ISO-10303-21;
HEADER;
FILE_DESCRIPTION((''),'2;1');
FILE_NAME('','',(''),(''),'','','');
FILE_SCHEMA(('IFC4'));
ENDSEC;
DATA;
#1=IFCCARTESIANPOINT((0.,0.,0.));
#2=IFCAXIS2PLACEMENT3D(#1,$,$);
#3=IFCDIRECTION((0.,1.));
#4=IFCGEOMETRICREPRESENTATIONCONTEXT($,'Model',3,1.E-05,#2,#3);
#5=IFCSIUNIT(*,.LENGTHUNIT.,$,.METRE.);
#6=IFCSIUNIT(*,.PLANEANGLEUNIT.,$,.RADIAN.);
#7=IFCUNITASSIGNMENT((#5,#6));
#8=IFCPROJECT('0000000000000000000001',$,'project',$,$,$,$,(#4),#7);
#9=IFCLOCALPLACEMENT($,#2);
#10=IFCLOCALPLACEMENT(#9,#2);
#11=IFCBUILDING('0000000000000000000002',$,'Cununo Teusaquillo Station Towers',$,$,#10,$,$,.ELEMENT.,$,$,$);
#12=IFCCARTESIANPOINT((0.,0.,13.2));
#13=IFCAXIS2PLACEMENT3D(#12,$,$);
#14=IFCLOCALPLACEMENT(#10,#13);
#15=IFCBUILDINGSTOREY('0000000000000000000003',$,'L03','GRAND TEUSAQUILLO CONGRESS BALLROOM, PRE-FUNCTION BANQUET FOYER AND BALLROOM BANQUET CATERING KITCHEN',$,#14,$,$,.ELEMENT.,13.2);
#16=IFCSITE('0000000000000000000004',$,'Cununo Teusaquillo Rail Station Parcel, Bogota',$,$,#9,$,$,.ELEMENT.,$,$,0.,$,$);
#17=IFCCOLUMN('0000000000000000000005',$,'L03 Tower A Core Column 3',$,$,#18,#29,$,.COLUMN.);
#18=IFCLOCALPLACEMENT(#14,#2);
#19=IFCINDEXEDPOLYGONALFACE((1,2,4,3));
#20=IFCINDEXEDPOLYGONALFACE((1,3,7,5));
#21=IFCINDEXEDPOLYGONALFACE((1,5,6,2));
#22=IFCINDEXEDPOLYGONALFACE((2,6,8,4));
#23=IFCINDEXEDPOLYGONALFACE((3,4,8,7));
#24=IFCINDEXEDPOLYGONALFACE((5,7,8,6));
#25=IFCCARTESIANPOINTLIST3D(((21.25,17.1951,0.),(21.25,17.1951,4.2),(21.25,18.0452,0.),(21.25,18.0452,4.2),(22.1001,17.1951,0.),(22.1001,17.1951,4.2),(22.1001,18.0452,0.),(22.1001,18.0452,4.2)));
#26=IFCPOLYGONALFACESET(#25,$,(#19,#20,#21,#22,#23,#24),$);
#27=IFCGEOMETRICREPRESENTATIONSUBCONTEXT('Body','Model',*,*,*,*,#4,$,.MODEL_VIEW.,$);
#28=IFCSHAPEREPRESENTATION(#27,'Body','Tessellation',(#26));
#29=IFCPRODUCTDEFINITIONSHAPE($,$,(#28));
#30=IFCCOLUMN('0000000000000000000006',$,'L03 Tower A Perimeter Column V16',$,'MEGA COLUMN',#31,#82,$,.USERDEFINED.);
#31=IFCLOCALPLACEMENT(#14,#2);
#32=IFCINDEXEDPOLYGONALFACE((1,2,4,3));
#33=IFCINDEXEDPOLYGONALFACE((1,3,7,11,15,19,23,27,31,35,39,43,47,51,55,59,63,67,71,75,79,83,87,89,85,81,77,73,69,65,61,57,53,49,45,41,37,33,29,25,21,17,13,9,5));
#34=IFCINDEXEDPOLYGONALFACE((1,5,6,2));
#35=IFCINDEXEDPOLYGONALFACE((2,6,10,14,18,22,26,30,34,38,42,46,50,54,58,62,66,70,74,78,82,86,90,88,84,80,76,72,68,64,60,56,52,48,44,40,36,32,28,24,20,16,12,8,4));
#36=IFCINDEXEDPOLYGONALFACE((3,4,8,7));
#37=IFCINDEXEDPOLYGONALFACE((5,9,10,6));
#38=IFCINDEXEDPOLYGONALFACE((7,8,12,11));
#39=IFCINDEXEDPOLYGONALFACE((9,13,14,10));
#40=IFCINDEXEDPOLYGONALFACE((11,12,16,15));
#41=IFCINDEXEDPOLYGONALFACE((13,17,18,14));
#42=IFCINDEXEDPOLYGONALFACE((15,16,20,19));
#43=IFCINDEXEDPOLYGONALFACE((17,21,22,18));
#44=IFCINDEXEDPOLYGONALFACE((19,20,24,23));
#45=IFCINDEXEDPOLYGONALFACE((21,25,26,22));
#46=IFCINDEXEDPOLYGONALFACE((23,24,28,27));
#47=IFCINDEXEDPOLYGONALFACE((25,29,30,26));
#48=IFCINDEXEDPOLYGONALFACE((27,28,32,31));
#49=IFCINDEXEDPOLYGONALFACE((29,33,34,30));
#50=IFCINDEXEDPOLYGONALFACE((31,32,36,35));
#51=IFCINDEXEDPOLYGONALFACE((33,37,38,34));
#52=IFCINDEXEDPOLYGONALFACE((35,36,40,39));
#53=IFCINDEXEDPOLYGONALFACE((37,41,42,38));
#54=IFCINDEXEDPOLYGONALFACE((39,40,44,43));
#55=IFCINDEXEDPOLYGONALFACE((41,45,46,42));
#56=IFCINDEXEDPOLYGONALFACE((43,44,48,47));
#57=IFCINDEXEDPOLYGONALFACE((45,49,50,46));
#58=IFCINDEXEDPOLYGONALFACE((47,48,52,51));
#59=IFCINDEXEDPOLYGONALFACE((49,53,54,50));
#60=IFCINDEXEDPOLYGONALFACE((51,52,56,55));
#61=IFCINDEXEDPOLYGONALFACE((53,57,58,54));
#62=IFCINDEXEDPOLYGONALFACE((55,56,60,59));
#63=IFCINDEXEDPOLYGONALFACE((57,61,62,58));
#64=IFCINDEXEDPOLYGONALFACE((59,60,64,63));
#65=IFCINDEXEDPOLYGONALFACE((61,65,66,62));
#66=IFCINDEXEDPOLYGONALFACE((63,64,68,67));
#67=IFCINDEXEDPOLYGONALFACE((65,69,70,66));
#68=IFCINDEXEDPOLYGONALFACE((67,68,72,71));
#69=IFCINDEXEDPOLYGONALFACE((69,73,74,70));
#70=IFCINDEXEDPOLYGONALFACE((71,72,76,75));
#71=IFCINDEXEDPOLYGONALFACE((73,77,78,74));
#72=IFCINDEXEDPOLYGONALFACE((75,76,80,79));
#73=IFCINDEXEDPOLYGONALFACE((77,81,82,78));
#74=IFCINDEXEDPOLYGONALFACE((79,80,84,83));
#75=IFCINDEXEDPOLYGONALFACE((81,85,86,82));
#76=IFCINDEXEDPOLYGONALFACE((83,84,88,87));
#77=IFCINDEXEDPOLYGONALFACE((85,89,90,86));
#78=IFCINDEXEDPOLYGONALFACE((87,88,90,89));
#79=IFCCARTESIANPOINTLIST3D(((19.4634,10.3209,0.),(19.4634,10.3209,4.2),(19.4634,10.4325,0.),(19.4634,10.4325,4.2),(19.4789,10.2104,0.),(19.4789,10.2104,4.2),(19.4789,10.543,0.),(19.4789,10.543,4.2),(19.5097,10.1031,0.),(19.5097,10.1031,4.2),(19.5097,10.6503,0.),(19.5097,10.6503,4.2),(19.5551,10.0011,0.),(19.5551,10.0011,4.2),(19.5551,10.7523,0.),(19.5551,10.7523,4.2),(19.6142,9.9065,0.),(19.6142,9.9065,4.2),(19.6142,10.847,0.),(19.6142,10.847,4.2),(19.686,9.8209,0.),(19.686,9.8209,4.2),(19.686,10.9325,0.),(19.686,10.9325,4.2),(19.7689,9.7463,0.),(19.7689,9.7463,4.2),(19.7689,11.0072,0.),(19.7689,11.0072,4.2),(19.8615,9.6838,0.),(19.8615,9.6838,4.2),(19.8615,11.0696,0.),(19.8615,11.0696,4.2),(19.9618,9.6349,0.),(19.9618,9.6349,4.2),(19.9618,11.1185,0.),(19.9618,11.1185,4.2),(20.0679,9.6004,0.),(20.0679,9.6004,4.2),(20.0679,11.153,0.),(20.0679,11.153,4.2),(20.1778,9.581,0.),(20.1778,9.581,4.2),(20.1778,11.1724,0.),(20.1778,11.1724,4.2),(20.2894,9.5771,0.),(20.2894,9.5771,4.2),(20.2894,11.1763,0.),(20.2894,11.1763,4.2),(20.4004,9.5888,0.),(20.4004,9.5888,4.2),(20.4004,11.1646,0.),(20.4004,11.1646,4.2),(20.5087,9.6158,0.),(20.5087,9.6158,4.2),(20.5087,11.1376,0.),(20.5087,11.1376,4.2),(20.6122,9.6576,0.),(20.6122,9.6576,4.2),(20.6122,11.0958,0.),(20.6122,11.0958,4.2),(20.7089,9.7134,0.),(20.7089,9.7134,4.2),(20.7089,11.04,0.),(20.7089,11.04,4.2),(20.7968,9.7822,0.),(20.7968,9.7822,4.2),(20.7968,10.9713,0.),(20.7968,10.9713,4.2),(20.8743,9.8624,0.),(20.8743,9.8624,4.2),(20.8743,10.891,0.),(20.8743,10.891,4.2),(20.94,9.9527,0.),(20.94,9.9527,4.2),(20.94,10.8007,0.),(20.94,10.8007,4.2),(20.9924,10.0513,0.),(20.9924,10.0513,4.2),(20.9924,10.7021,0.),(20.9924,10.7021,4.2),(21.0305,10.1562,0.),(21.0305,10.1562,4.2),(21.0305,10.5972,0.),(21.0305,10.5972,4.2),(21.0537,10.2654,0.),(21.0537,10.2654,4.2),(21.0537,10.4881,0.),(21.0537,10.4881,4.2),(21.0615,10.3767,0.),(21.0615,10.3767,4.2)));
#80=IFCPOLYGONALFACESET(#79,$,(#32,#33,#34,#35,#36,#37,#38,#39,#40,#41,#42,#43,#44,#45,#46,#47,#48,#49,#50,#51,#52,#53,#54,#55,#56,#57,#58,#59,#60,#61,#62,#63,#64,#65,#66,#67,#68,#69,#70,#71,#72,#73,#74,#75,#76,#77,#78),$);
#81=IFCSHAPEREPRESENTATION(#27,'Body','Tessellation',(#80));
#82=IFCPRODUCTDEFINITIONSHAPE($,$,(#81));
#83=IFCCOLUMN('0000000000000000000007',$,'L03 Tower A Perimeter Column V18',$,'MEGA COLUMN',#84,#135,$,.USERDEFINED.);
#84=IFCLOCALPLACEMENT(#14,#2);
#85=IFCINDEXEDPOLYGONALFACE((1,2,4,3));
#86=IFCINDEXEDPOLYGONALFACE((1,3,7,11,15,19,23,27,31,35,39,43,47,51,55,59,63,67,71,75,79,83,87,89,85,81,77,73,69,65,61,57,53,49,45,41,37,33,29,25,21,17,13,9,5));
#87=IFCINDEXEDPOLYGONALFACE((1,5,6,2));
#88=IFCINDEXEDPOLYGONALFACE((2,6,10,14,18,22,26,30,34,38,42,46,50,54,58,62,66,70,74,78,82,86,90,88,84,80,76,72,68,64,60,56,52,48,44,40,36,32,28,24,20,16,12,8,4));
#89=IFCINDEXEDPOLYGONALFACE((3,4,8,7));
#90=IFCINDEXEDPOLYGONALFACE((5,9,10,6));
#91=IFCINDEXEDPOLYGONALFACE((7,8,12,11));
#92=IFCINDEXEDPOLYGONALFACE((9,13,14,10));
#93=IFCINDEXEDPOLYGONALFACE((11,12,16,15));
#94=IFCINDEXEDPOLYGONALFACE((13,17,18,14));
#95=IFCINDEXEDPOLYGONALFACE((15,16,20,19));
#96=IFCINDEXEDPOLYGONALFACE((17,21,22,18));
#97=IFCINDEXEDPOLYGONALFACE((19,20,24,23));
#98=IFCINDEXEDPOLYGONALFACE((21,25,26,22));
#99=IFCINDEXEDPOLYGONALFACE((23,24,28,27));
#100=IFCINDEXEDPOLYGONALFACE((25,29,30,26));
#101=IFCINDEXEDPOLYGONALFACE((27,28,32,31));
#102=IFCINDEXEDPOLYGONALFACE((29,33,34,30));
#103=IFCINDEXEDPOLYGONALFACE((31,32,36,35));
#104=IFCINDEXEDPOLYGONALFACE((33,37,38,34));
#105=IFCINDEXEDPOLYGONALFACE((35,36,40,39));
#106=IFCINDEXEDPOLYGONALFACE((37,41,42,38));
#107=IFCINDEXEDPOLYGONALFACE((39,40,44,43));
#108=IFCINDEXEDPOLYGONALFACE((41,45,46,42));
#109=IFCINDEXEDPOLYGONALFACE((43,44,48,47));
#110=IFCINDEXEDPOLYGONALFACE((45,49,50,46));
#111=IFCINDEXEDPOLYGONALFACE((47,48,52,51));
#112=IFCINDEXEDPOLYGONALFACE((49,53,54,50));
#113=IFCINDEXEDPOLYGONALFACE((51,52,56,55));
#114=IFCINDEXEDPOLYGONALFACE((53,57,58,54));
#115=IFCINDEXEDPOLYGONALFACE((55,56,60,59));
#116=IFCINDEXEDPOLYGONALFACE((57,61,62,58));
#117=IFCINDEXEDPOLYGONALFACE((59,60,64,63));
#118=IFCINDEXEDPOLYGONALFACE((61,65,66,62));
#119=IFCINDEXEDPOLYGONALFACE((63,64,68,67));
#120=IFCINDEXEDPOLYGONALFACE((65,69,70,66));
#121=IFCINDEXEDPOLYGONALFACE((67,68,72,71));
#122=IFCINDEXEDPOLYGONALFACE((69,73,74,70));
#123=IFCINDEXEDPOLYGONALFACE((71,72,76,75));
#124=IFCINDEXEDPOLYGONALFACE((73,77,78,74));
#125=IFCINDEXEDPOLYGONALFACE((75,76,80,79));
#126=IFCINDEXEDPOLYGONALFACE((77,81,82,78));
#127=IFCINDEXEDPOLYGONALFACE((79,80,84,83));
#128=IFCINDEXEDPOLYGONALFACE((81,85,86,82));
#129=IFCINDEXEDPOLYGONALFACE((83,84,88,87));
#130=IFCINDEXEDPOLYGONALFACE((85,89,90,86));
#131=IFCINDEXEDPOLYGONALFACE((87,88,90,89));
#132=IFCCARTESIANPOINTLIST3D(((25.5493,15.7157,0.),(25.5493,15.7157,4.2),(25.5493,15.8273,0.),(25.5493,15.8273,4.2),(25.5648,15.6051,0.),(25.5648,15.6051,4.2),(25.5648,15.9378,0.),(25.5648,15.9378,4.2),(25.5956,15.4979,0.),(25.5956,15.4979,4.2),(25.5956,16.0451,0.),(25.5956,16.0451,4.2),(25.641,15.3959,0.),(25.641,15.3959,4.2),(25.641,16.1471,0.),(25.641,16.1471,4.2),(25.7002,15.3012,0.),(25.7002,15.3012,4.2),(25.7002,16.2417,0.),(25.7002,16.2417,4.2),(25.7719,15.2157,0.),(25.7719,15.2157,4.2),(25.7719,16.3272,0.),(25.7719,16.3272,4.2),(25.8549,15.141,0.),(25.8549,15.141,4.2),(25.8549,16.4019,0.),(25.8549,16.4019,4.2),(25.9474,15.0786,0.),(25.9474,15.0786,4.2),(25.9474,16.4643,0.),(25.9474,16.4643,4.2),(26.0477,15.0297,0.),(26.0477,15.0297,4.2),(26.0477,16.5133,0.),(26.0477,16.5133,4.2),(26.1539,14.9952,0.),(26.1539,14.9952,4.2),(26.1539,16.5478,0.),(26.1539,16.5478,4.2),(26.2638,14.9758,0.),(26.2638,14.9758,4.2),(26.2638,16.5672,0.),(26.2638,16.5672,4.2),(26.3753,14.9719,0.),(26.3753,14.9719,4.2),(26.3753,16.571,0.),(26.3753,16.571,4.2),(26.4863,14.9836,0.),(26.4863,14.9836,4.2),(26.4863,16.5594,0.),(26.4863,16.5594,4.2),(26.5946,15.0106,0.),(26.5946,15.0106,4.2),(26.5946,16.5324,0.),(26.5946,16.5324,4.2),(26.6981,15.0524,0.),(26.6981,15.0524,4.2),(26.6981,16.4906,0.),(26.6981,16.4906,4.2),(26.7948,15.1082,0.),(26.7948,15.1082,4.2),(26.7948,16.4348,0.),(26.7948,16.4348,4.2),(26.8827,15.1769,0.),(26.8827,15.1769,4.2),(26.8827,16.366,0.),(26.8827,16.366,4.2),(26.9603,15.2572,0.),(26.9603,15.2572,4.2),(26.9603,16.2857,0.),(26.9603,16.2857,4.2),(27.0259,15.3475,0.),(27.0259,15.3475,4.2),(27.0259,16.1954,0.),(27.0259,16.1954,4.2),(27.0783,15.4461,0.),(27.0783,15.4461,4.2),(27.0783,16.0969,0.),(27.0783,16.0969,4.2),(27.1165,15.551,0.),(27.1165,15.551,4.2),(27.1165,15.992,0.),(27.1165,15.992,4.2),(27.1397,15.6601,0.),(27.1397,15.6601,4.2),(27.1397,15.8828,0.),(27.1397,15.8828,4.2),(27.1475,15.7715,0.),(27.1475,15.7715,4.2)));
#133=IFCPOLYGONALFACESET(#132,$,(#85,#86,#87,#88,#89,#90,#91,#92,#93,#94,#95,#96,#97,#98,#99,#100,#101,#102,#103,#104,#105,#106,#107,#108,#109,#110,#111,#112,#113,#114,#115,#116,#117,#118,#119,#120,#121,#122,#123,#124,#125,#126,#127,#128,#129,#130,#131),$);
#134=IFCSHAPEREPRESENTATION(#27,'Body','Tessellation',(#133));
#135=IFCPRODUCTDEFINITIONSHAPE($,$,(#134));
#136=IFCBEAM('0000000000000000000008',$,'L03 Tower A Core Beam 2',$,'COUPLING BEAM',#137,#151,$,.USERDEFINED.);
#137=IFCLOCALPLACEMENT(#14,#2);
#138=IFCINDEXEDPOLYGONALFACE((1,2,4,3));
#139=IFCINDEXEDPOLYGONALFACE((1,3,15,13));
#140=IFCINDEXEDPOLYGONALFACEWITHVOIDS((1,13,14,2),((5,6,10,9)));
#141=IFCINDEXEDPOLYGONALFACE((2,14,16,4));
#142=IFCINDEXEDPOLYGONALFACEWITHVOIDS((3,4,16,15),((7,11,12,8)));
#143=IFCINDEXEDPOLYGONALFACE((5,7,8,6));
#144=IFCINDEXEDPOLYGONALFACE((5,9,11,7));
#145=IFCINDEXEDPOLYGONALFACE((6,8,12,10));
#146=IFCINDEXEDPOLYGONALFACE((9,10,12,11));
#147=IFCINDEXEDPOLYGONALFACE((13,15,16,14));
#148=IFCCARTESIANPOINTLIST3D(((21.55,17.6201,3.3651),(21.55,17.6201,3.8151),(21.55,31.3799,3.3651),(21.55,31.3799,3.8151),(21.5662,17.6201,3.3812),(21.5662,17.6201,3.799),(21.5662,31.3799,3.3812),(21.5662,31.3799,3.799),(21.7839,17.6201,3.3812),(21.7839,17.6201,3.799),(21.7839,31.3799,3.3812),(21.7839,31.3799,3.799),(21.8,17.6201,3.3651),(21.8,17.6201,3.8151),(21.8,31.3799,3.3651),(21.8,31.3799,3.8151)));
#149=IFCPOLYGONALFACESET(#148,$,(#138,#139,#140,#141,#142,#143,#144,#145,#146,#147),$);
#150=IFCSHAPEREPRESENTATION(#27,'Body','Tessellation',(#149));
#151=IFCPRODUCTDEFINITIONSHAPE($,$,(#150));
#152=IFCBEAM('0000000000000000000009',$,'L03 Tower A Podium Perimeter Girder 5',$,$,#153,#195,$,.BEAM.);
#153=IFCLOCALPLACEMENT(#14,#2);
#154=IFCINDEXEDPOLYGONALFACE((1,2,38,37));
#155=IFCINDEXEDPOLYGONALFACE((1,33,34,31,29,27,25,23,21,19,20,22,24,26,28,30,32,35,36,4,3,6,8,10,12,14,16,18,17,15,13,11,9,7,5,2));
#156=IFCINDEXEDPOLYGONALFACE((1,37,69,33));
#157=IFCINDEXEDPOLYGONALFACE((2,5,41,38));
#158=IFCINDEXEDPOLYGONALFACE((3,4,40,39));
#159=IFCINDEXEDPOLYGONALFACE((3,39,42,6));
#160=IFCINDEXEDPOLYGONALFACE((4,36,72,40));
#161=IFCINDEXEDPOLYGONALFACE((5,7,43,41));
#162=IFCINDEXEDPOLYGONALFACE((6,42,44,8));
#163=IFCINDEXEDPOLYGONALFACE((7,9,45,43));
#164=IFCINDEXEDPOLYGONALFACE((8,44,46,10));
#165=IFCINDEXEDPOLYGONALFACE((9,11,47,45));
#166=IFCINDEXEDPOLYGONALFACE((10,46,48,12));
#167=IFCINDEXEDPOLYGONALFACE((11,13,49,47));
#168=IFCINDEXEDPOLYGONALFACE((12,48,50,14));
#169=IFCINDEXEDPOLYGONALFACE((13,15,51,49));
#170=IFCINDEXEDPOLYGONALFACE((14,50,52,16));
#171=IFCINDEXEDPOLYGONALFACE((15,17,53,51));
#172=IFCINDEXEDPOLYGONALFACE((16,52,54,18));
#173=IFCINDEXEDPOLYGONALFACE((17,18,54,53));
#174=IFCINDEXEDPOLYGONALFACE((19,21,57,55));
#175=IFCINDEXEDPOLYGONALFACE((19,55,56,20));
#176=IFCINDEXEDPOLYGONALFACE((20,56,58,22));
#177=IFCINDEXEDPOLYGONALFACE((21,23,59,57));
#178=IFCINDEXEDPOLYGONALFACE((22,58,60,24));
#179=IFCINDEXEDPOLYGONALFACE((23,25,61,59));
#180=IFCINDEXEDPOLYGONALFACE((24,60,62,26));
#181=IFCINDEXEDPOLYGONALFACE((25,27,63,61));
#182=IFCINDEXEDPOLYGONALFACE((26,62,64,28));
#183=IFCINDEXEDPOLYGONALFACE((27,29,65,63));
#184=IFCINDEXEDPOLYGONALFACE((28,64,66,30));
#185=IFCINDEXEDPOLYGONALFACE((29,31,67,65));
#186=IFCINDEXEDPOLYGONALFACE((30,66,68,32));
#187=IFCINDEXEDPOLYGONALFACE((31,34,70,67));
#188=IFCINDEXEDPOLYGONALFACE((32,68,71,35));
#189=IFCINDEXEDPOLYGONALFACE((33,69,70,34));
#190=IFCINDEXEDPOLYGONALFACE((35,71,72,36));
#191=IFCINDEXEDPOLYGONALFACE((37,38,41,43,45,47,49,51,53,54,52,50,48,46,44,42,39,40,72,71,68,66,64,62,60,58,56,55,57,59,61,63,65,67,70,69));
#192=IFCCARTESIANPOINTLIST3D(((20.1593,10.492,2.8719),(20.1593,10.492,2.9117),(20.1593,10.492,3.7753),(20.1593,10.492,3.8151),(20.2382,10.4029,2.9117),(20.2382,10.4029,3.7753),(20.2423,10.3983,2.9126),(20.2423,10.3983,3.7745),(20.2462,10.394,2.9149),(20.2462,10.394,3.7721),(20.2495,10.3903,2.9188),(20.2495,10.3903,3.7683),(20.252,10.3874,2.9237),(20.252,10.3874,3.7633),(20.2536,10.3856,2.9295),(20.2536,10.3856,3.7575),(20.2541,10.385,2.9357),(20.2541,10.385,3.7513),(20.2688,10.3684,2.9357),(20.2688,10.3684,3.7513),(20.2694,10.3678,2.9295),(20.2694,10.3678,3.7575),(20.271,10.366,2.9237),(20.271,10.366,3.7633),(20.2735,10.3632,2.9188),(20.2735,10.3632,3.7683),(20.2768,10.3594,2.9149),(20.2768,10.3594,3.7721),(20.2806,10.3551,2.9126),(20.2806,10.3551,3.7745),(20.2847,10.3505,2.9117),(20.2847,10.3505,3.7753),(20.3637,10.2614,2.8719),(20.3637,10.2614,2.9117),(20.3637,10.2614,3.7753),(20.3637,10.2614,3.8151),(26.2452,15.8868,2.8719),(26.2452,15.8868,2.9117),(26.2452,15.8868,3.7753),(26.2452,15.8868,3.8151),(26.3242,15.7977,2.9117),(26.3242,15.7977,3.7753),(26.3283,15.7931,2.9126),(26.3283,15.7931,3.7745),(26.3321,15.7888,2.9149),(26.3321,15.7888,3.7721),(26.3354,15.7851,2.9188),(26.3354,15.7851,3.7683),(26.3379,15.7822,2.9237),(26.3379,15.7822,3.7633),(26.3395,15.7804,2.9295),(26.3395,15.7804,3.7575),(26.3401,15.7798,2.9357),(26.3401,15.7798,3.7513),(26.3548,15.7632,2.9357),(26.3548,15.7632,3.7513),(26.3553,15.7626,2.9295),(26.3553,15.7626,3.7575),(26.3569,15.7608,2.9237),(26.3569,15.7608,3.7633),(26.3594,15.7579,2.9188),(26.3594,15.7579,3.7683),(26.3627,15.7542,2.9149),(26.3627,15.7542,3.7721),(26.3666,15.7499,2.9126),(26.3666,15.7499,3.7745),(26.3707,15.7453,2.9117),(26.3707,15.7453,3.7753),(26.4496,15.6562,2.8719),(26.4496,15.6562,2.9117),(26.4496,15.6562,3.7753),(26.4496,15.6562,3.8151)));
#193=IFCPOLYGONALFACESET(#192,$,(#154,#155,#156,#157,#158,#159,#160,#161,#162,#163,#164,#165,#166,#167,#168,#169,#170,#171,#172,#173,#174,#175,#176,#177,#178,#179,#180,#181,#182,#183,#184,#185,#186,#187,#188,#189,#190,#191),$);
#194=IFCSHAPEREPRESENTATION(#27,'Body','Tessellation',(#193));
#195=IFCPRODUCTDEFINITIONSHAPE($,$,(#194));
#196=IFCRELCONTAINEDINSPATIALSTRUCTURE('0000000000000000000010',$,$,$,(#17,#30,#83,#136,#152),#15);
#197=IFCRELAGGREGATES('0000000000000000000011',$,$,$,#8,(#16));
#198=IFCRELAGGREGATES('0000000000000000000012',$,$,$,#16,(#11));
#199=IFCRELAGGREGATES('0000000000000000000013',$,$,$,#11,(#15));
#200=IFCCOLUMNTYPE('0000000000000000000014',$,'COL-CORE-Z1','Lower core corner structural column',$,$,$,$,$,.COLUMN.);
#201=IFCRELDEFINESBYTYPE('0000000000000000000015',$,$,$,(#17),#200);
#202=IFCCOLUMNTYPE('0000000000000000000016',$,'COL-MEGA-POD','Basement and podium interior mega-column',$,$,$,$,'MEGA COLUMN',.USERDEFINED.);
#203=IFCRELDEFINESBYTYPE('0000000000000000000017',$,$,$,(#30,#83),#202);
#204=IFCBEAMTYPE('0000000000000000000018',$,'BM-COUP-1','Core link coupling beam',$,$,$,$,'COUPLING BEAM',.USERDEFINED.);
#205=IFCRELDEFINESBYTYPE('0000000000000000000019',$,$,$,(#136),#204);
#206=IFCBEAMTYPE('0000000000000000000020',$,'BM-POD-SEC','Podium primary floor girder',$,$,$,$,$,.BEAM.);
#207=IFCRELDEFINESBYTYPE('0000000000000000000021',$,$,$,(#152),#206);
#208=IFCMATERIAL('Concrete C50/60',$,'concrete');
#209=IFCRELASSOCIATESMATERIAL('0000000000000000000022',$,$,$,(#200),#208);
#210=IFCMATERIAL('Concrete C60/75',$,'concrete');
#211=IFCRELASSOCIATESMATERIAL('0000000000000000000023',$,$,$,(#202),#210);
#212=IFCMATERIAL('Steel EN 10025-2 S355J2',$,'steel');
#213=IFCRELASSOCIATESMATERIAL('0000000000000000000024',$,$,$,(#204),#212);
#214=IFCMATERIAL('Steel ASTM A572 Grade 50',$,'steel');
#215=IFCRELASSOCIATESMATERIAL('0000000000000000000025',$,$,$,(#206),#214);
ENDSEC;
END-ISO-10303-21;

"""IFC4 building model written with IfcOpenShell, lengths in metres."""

from ifc_helpers import new_model, si_unit, direction, frame, origin, origin_2d, place, context, subcontext, project, spatial, rectangle, hollow_rectangle, circle, i_section, extrude, material, material_profile, profile_set, type_object, element, save


model = new_model("IFC4")

# Units and contexts
model_context = context("Model", 3, precision=1e-05, world=origin(), true_north=direction((0.0, 1.0)))
body_context = subcontext(model_context, "Body", "Model", "MODEL_VIEW")
ifc_project = project(units=[si_unit("LENGTHUNIT", "METRE"), si_unit("PLANEANGLEUNIT", "RADIAN")], contexts=[model_context])

# Site, building, storey
site_placement = place(None, origin())
site = spatial("IfcSite", under=ifc_project, at=site_placement, Name="Cununo Teusaquillo Rail Station Parcel, Bogota", CompositionType="ELEMENT", RefElevation=0.0)
building_placement = place(site_placement, origin())
building = spatial("IfcBuilding", under=site, at=building_placement, Name="Cununo Teusaquillo Station Towers", CompositionType="ELEMENT")
storey_placement = place(building_placement, frame((0.0, 0.0, 13.2)))
storey = spatial("IfcBuildingStorey", under=building, at=storey_placement, Name="L03", Description="GRAND TEUSAQUILLO CONGRESS BALLROOM, PRE-FUNCTION BANQUET FOYER AND BALLROOM BANQUET CATERING KITCHEN", CompositionType="ELEMENT", Elevation=13.2)

# Columns
ifc_material_1 = material(Name="Concrete C50/60", Category="concrete")
ifc_material_profile_1 = material_profile(ifc_material_1, rectangle(XDim=0.8501, YDim=0.8501, at=origin_2d()), Name="RC-RECT-850x850")
ifc_profile_set_1 = profile_set([ifc_material_profile_1], Name="Concrete C50/60")
column_type_1 = type_object("IfcColumnType", Name="COL-CORE-Z1", Description="Lower core corner structural column", PredefinedType="COLUMN", material=ifc_profile_set_1)
column_placement = place(storey_placement, frame((21.675, 17.6201, 0.0), z_axis=(0.0, 0.0, 1.0), x_axis=(1.0, 0.0, 0.0)))
element("IfcColumn", 1, at=column_placement, inside=storey, type_object=column_type_1, Name="L03 Tower A Core Column 3", PredefinedType="COLUMN", context=body_context, shape_type="SweptSolid", body=[
    extrude(rectangle(XDim=0.8501, YDim=0.8501, at=origin_2d()), origin(), (0.0, 0.0, 1.0), 4.2),
])
ifc_material_2 = material(Name="Concrete C60/75", Category="concrete")
ifc_material_profile_2 = material_profile(ifc_material_2, circle(Radius=0.8, at=origin_2d()), Name="RC-CIRC-1600")
ifc_profile_set_2 = profile_set([ifc_material_profile_2], Name="Concrete C60/75")
column_type_2 = type_object("IfcColumnType", Name="COL-MEGA-POD", Description="Basement and podium interior mega-column", ElementType="MEGA COLUMN", PredefinedType="USERDEFINED", material=ifc_profile_set_2)
for number, where, z_axis, x_axis, name in (
    (2, (20.2615, 10.3767, 0.0), (0.0, 0.0, 1.0), (1.0, 0.0, 0.0), "L03 Tower A Perimeter Column V16"),
    (3, (26.3474, 15.7715, 0.0), (0.0, 0.0, 1.0), (1.0, 0.0, 0.0), "L03 Tower A Perimeter Column V18"),
):
    element("IfcColumn", number, at=place(storey_placement, frame(where, z_axis=z_axis, x_axis=x_axis)), inside=storey, type_object=column_type_2, Name=name, ObjectType="MEGA COLUMN", PredefinedType="USERDEFINED", context=body_context, shape_type="SweptSolid", body=[
        extrude(circle(Radius=0.8, at=origin_2d()), origin(), (0.0, 0.0, 1.0), 4.2),
    ])

# Beams
ifc_material_3 = material(Name="Steel EN 10025-2 S355J2", Category="steel")
ifc_material_profile_3 = material_profile(ifc_material_3, hollow_rectangle(XDim=0.25, YDim=0.45, WallThickness=0.0161, at=origin_2d()), Name="RHS 450x250x16")
ifc_profile_set_3 = profile_set([ifc_material_profile_3], Name="Steel EN 10025-2 S355J2")
beam_type_1 = type_object("IfcBeamType", Name="BM-COUP-1", Description="Core link coupling beam", ElementType="COUPLING BEAM", PredefinedType="USERDEFINED", material=ifc_profile_set_3)
beam_1_placement = place(storey_placement, frame((21.675, 17.6201, 3.5901), z_axis=(0.0, 1.0, 0.0), x_axis=(-1.0, 0.0, 0.0)))
element("IfcBeam", 4, at=beam_1_placement, inside=storey, type_object=beam_type_1, Name="L03 Tower A Core Beam 2", ObjectType="COUPLING BEAM", PredefinedType="USERDEFINED", context=body_context, shape_type="SweptSolid", body=[
    extrude(hollow_rectangle(XDim=0.25, YDim=0.45, WallThickness=0.0161, at=origin_2d()), origin(), (0.0, 0.0, 1.0), 13.7598),
])
ifc_material_4 = material(Name="Steel ASTM A572 Grade 50", Category="steel")
ifc_material_profile_4 = material_profile(ifc_material_4, i_section(OverallWidth=0.3081, OverallDepth=0.9431, WebThickness=0.0222, FlangeThickness=0.0398, FilletRadius=0.0239, at=origin_2d()), Name="W36X232")
ifc_profile_set_4 = profile_set([ifc_material_profile_4], Name="Steel ASTM A572 Grade 50")
beam_type_2 = type_object("IfcBeamType", Name="BM-POD-SEC", Description="Podium primary floor girder", PredefinedType="BEAM", material=ifc_profile_set_4)
beam_2_placement = place(storey_placement, frame((20.2615, 10.3767, 3.3435), z_axis=(0.748321, 0.663337, 0.0), x_axis=(-0.663337, 0.748321, 0.0)))
element("IfcBeam", 5, at=beam_2_placement, inside=storey, type_object=beam_type_2, Name="L03 Tower A Podium Perimeter Girder 5", PredefinedType="BEAM", context=body_context, shape_type="SweptSolid", body=[
    extrude(i_section(OverallWidth=0.3081, OverallDepth=0.9431, WebThickness=0.0222, FlangeThickness=0.0398, FilletRadius=0.0239, at=origin_2d()), origin(), (0.0, 0.0, 1.0), 8.1328),
])

save(model, "model.ifc")
